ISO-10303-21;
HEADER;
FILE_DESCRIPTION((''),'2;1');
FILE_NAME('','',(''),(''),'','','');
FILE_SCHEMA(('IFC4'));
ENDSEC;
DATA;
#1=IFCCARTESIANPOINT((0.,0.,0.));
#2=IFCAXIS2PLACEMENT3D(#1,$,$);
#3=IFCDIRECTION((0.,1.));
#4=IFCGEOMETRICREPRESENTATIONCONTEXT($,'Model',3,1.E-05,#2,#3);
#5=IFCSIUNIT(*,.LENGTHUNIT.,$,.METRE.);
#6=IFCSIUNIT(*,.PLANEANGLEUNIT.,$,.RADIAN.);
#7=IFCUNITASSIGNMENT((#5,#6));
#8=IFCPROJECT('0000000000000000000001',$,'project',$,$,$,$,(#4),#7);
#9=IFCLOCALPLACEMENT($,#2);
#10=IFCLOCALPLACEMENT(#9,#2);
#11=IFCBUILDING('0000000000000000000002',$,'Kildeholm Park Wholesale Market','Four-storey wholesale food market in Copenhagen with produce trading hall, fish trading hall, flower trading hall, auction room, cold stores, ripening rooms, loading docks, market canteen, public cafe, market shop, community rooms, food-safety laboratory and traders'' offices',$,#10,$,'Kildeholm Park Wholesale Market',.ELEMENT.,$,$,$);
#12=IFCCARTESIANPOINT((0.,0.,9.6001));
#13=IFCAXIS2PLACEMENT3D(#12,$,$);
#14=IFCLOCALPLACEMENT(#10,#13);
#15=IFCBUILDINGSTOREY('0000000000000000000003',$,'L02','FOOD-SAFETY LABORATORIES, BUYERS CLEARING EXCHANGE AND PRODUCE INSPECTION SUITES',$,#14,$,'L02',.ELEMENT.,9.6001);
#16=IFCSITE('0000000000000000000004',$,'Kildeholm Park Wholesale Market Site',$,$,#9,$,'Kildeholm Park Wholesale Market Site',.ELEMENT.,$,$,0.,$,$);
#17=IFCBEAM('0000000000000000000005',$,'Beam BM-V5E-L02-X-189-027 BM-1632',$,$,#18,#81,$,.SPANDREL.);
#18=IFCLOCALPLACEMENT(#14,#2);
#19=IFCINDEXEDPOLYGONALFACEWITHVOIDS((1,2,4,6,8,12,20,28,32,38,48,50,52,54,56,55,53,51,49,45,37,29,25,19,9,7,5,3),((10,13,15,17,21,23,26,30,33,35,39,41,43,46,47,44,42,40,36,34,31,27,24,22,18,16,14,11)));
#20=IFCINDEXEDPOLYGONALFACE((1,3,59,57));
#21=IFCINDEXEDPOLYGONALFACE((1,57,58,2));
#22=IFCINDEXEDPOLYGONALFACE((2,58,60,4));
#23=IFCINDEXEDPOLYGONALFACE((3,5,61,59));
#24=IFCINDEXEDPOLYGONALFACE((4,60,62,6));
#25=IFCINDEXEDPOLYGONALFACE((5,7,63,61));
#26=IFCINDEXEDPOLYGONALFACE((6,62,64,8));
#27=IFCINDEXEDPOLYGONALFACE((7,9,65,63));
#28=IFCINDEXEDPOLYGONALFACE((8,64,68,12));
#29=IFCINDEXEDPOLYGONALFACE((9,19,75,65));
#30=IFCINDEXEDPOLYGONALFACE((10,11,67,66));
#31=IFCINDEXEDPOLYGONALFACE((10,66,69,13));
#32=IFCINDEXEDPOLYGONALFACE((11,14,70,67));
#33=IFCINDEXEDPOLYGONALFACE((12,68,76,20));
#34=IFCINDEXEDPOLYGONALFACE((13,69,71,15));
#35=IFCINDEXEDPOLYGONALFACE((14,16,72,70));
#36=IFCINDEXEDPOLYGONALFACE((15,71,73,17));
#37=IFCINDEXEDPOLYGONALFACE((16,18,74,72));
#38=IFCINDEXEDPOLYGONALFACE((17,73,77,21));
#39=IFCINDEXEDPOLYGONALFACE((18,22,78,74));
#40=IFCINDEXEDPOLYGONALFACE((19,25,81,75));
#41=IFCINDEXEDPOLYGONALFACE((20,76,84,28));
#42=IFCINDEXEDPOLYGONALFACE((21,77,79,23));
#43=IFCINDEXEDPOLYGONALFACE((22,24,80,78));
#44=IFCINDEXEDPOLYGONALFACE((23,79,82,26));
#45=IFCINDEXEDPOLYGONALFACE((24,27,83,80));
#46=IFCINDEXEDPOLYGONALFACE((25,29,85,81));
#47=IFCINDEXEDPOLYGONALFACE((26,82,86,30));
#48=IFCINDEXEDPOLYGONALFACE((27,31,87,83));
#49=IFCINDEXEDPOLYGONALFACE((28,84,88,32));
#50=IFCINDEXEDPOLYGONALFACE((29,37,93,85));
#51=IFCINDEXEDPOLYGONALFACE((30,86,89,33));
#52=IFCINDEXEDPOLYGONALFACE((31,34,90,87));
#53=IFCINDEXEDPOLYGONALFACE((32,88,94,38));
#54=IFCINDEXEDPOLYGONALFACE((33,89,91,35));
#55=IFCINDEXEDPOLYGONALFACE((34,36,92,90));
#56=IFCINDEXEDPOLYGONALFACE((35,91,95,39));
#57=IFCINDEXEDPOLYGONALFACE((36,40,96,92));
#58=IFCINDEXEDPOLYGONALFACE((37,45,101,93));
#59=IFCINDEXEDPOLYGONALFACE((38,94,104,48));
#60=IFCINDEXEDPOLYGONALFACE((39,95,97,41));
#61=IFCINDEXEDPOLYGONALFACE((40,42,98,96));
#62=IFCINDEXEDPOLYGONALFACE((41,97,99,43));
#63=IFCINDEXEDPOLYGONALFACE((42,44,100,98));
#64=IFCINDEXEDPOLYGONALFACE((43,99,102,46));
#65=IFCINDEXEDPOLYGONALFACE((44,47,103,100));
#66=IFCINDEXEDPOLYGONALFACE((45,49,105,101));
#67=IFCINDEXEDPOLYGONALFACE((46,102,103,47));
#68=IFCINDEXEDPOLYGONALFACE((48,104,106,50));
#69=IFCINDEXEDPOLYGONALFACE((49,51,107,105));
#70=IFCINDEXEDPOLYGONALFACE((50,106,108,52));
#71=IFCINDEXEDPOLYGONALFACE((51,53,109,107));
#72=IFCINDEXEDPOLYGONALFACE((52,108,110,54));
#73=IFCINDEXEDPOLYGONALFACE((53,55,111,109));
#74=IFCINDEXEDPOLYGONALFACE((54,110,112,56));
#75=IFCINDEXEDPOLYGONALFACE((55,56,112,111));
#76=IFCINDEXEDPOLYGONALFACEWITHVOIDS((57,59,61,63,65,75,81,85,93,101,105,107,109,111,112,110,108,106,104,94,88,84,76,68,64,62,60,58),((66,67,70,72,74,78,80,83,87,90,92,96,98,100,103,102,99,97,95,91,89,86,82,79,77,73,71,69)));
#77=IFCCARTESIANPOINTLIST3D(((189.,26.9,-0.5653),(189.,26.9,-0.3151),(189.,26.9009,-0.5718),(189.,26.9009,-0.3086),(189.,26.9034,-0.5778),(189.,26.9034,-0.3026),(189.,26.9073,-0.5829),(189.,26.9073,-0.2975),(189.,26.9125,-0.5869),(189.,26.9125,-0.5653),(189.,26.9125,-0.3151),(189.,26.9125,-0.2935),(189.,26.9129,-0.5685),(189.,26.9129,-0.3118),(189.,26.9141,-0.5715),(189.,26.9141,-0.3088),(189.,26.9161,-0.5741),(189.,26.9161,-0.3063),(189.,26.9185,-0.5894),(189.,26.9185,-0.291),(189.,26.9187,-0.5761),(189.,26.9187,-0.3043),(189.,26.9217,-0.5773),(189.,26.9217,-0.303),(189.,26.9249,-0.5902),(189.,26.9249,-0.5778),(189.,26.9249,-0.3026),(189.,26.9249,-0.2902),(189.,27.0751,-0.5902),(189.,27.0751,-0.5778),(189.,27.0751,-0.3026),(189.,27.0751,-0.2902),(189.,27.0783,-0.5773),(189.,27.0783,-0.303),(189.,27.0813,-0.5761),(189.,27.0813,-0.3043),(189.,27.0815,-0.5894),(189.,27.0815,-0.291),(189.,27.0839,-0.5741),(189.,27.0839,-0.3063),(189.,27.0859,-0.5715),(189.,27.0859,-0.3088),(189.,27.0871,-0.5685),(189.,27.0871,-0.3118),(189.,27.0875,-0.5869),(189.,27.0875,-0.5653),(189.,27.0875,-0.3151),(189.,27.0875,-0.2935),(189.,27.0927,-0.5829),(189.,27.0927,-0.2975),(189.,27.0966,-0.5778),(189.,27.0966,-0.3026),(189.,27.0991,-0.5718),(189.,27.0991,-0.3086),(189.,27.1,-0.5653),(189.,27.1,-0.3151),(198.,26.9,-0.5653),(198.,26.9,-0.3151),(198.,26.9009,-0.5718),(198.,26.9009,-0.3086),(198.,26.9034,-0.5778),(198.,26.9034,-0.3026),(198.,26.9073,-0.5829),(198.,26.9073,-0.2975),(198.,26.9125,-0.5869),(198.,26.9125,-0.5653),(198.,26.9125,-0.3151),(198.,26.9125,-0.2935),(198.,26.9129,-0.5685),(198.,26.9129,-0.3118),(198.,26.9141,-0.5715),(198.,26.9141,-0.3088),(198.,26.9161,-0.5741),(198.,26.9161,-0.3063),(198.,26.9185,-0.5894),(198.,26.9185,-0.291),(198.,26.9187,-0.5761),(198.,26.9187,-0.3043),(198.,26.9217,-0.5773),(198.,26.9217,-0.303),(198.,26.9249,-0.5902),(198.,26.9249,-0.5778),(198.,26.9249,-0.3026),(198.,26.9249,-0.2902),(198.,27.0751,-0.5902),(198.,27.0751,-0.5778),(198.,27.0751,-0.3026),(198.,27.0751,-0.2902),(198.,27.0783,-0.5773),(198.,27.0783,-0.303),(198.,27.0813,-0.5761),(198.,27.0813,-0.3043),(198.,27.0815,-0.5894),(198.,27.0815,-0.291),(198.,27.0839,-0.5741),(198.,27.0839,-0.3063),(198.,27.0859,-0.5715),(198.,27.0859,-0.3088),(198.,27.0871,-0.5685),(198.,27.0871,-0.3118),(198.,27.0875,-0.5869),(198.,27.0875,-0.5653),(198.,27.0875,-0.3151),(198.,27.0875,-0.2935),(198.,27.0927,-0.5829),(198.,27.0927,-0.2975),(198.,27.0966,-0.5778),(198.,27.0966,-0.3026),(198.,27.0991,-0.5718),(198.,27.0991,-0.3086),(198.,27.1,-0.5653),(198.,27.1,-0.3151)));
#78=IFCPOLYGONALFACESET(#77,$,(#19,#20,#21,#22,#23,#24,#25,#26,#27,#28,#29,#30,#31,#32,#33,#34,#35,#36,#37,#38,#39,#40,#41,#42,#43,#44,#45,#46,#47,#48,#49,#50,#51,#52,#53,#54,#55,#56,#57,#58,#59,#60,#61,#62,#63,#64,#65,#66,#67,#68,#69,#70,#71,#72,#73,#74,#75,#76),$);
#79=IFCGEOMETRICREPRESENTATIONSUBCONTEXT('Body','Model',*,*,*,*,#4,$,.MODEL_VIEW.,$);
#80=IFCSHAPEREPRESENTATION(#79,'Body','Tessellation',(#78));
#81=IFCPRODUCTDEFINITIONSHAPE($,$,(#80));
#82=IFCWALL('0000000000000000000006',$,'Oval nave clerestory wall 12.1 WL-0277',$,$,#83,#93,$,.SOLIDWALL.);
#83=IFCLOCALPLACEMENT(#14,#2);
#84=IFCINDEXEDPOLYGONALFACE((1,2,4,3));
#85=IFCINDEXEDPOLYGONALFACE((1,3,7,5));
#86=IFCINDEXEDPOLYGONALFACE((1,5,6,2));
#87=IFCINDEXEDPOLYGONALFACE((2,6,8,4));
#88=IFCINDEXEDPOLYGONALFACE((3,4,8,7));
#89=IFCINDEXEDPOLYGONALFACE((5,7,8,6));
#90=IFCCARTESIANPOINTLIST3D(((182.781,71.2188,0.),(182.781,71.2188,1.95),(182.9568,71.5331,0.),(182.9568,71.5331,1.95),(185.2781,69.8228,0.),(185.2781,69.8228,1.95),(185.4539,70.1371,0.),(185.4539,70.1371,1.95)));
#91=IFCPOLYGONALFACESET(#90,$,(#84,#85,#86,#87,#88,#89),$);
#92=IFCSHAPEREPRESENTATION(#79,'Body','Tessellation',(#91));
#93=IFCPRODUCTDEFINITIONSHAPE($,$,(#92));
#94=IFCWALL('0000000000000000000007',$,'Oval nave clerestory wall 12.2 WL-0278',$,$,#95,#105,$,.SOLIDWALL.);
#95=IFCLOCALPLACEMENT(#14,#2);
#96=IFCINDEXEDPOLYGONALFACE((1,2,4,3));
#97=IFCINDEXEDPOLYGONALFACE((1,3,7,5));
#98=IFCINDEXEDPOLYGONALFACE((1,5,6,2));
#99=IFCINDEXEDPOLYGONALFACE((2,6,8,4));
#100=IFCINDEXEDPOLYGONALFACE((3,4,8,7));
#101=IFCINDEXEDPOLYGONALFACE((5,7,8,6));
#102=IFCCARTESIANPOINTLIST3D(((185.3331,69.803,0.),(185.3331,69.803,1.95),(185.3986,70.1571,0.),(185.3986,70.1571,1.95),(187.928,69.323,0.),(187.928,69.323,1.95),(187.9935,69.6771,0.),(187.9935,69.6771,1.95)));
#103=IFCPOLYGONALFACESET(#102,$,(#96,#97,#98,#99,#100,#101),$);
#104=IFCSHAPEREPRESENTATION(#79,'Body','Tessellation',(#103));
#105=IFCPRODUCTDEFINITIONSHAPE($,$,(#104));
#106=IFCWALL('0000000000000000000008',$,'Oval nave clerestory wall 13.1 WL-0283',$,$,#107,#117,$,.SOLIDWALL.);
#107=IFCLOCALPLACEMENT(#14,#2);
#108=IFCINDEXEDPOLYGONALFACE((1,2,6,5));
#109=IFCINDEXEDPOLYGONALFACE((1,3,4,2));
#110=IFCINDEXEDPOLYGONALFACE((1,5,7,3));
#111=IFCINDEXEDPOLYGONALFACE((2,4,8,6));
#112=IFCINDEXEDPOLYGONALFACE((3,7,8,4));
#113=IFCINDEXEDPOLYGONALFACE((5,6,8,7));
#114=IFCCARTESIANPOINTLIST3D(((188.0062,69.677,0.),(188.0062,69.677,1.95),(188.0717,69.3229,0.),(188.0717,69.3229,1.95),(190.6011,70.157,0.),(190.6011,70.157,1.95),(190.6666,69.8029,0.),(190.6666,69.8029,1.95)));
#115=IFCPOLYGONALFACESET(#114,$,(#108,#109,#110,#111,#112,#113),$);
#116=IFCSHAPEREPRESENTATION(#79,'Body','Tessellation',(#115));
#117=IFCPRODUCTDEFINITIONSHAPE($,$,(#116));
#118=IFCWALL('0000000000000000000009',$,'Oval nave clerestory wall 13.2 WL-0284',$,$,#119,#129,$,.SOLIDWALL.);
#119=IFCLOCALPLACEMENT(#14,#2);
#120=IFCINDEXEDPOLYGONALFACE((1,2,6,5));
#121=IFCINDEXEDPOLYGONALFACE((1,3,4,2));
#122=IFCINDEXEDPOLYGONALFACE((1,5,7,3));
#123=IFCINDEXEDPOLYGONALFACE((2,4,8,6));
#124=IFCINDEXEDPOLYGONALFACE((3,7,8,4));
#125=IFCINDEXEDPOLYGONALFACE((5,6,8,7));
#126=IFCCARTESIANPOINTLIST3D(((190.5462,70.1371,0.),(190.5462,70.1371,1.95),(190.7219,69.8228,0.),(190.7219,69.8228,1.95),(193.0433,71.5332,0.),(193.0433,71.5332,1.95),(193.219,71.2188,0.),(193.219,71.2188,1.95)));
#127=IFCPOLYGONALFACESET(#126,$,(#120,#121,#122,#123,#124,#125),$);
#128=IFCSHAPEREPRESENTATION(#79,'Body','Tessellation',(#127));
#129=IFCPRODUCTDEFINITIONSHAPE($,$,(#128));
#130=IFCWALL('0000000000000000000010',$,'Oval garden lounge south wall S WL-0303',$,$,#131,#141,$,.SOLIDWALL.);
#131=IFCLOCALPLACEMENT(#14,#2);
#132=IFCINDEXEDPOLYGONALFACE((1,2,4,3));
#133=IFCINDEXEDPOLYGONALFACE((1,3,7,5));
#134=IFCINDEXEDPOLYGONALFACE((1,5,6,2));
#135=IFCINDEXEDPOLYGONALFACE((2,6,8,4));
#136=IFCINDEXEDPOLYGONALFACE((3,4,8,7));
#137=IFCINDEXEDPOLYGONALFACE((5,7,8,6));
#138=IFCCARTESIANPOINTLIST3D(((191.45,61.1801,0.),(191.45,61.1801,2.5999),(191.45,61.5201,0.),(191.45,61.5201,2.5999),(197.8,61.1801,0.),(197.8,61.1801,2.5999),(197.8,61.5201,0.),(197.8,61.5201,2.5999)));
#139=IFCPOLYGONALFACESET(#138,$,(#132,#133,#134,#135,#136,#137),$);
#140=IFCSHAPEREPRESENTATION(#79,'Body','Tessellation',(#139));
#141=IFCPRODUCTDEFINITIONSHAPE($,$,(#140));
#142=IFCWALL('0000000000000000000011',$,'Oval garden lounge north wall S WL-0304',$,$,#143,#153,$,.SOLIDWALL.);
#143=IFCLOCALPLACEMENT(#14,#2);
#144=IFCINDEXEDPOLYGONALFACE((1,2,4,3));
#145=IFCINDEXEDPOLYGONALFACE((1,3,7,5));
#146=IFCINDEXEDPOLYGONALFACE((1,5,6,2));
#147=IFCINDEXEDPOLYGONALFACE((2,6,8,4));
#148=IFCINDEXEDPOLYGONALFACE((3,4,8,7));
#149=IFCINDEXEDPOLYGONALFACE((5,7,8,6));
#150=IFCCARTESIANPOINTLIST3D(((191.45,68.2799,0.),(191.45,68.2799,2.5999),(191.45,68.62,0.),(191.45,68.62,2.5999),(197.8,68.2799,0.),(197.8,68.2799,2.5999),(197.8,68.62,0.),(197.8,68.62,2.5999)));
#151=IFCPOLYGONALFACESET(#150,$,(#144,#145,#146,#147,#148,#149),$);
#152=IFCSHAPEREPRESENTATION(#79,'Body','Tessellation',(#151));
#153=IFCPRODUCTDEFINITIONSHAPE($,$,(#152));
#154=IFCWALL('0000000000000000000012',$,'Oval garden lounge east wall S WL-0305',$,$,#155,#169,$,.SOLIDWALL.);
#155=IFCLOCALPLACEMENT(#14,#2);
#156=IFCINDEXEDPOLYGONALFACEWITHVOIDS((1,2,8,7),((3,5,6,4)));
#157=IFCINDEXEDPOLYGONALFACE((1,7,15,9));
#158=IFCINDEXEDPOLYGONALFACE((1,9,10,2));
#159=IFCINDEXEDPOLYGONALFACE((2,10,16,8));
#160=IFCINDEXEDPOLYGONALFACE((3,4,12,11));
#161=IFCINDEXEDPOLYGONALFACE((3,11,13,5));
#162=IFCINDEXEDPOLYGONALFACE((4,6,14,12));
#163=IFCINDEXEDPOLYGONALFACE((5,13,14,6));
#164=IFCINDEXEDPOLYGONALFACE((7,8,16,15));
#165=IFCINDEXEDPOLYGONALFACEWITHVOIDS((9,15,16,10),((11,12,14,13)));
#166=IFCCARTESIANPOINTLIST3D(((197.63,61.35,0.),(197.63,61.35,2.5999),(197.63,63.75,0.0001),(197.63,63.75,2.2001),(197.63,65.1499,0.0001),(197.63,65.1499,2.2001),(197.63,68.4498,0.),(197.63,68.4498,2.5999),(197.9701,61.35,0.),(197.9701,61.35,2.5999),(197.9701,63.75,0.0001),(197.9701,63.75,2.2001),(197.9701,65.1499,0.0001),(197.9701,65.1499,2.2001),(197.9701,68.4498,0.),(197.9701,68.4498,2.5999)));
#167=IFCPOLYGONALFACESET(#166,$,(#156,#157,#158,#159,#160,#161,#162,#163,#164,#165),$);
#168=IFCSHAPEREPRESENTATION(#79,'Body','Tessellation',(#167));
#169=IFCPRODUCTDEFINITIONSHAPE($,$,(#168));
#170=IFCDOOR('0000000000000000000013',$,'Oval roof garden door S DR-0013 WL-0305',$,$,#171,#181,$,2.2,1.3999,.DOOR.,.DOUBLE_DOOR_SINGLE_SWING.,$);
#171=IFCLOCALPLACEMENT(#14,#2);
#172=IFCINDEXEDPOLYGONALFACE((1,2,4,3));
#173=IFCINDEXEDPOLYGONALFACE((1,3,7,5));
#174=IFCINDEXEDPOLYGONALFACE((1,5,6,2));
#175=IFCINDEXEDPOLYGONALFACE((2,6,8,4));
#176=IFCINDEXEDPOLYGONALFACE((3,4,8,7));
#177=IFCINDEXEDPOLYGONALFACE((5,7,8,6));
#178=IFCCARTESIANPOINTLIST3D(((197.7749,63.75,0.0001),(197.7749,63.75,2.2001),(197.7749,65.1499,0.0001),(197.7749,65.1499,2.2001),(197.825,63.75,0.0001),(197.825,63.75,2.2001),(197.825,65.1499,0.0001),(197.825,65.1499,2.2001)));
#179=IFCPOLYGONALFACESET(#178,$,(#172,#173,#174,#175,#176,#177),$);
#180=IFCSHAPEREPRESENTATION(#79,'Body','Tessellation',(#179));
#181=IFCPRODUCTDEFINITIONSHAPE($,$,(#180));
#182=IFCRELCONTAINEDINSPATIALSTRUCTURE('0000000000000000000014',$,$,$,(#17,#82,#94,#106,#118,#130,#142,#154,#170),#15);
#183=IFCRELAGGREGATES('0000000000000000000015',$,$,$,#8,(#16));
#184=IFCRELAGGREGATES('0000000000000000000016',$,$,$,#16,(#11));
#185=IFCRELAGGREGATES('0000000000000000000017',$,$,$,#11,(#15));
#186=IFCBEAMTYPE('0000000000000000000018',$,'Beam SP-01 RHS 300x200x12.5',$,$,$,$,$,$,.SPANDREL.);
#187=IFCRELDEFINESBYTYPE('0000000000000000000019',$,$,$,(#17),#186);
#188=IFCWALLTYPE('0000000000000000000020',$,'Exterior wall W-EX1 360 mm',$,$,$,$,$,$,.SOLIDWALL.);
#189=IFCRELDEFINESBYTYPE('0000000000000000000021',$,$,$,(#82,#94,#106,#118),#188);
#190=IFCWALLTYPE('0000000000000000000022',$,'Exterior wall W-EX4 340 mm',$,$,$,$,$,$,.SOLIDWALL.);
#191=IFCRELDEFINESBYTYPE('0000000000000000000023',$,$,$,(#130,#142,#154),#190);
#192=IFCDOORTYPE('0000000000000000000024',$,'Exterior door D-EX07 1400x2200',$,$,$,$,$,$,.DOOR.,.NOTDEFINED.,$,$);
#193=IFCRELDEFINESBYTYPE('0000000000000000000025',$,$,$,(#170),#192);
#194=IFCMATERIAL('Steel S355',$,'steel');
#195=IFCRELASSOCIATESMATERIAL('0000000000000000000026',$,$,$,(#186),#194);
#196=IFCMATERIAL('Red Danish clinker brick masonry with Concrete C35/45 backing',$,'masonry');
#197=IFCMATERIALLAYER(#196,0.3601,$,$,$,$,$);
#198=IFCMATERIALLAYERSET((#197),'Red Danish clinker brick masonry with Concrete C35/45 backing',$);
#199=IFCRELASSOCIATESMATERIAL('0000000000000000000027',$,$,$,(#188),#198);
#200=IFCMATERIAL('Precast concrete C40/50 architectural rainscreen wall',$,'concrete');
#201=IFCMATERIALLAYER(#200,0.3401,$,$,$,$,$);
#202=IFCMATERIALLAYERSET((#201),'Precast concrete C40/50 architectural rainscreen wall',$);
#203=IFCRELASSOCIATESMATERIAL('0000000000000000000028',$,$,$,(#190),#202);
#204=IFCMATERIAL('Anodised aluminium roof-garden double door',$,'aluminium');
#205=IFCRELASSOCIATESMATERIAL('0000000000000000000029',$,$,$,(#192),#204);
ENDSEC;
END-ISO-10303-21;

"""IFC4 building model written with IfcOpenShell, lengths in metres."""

from ifc_helpers import new_model, si_unit, direction, frame, frame_2d, origin, origin_2d, place, context, subcontext, project, spatial, rectangle, hollow_rectangle, extrude, material, layer, layer_set, material_profile, profile_set, type_object, element, fill, save


model = new_model("IFC4")

# Units and contexts
model_context = context("Model", 3, precision=1e-05, world=origin(), true_north=direction((0.0, 1.0)))
body_context = subcontext(model_context, "Body", "Model", "MODEL_VIEW")
ifc_project = project(units=[si_unit("LENGTHUNIT", "METRE"), si_unit("PLANEANGLEUNIT", "RADIAN")], contexts=[model_context])

# Site, building, storey
site_placement = place(None, origin())
site = spatial("IfcSite", under=ifc_project, at=site_placement, Name="Kildeholm Park Wholesale Market Site", LongName="Kildeholm Park Wholesale Market Site", CompositionType="ELEMENT", RefElevation=0.0)
building_placement = place(site_placement, origin())
building = spatial("IfcBuilding", under=site, at=building_placement, Name="Kildeholm Park Wholesale Market", Description="Four-storey wholesale food market in Copenhagen with produce trading hall, fish trading hall, flower trading hall, auction room, cold stores, ripening rooms, loading docks, market canteen, public cafe, market shop, community rooms, food-safety laboratory and traders' offices", LongName="Kildeholm Park Wholesale Market", CompositionType="ELEMENT")
storey_placement = place(building_placement, frame((0.0, 0.0, 9.6001)))
storey = spatial("IfcBuildingStorey", under=building, at=storey_placement, Name="L02", Description="FOOD-SAFETY LABORATORIES, BUYERS CLEARING EXCHANGE AND PRODUCE INSPECTION SUITES", LongName="L02", CompositionType="ELEMENT", Elevation=9.6001)

# Shared definitions
ifc_material_1 = material(Name="Steel S355", Category="steel")

# Beam
ifc_material_profile_1 = material_profile(ifc_material_1, hollow_rectangle(XDim=0.2, YDim=0.3, WallThickness=0.0125, InnerFilletRadius=0.0125, OuterFilletRadius=0.0249, at=origin_2d()), Name="RHS 300x200x12.5")
ifc_profile_set_1 = profile_set([ifc_material_profile_1], Name="Steel S355")
beam_type_1 = type_object("IfcBeamType", Name="Beam SP-01 RHS 300x200x12.5", PredefinedType="SPANDREL", material=ifc_profile_set_1)
for number, where, z_axis, x_axis, name in (
    (1, (189.0, 27.0, -0.4402), (1.0, 0.0, 0.0), (0.0, 1.0, 0.0), "Beam BM-V5E-L02-X-189-027 BM-1632"),
):
    element("IfcBeam", number, at=place(storey_placement, frame(where, z_axis=z_axis, x_axis=x_axis)), inside=storey, type_object=beam_type_1, Name=name, PredefinedType="SPANDREL", context=body_context, shape_type="SweptSolid", body=[
        extrude(hollow_rectangle(XDim=0.2, YDim=0.3, WallThickness=0.0125, InnerFilletRadius=0.0125, OuterFilletRadius=0.0249, at=origin_2d()), origin(), (0.0, 0.0, 1.0), 9.0),
    ])

# Walls
ifc_material_2 = material(Name="Red Danish clinker brick masonry with Concrete C35/45 backing", Category="masonry")
ifc_layer_1 = layer(ifc_material_2, 0.3601)
ifc_layer_set_1 = layer_set([ifc_layer_1], Name="Red Danish clinker brick masonry with Concrete C35/45 backing")
wall_type_1 = type_object("IfcWallType", Name="Exterior wall W-EX1 360 mm", PredefinedType="SOLIDWALL", material=ifc_layer_set_1)
wall_1_placement = place(storey_placement, frame((182.8689, 71.376, 0.0), z_axis=(0.0, 0.0, 1.0), x_axis=(0.872858, -0.487974, 0.0)))
element("IfcWall", 2, at=wall_1_placement, inside=storey, type_object=wall_type_1, Name="Oval nave clerestory wall 12.1 WL-0277", PredefinedType="SOLIDWALL", context=body_context, shape_type="SweptSolid", body=[
    extrude(rectangle(XDim=2.8608, YDim=0.3601, at=frame_2d((1.4304, 0.0))), origin(), (0.0, 0.0, 1.0), 1.95),
])
for number, where, z_axis, x_axis, name in (
    (3, (185.366, 69.98, 0.0), (0.0, 0.0, 1.0), (0.983321, -0.181881, 0.0), "Oval nave clerestory wall 12.2 WL-0278"),
    (4, (188.0391, 69.5, 0.0), (0.0, 0.0, 1.0), (0.983321, 0.181881, 0.0), "Oval nave clerestory wall 13.1 WL-0283"),
):
    element("IfcWall", number, at=place(storey_placement, frame(where, z_axis=z_axis, x_axis=x_axis)), inside=storey, type_object=wall_type_1, Name=name, PredefinedType="SOLIDWALL", context=body_context, shape_type="SweptSolid", body=[
        extrude(rectangle(XDim=2.6389, YDim=0.3601, at=frame_2d((1.3193, 0.0))), origin(), (0.0, 0.0, 1.0), 1.95),
    ])
wall_2_placement = place(storey_placement, frame((190.634, 69.98, 0.0), z_axis=(0.0, 0.0, 1.0), x_axis=(0.872858, 0.487974, 0.0)))
element("IfcWall", 5, at=wall_2_placement, inside=storey, type_object=wall_type_1, Name="Oval nave clerestory wall 13.2 WL-0284", PredefinedType="SOLIDWALL", context=body_context, shape_type="SweptSolid", body=[
    extrude(rectangle(XDim=2.8608, YDim=0.3601, at=frame_2d((1.4304, 0.0))), origin(), (0.0, 0.0, 1.0), 1.95),
])
ifc_material_3 = material(Name="Precast concrete C40/50 architectural rainscreen wall", Category="concrete")
ifc_layer_2 = layer(ifc_material_3, 0.3401)
ifc_layer_set_2 = layer_set([ifc_layer_2], Name="Precast concrete C40/50 architectural rainscreen wall")
wall_type_2 = type_object("IfcWallType", Name="Exterior wall W-EX4 340 mm", PredefinedType="SOLIDWALL", material=ifc_layer_set_2)
for number, where, z_axis, x_axis, name in (
    (6, (191.45, 61.3501, 0.0), (0.0, 0.0, 1.0), (1.0, 0.0, 0.0), "Oval garden lounge south wall S WL-0303"),
    (7, (191.45, 68.45, 0.0), (0.0, 0.0, 1.0), (1.0, 0.0, 0.0), "Oval garden lounge north wall S WL-0304"),
):
    element("IfcWall", number, at=place(storey_placement, frame(where, z_axis=z_axis, x_axis=x_axis)), inside=storey, type_object=wall_type_2, Name=name, PredefinedType="SOLIDWALL", context=body_context, shape_type="SweptSolid", body=[
        extrude(rectangle(XDim=6.3501, YDim=0.3401, at=frame_2d((3.175, 0.0))), origin(), (0.0, 0.0, 1.0), 2.5999),
    ])

# Wall, opening, door
wall_3_placement = place(storey_placement, frame((197.8, 61.3501, 0.0), z_axis=(0.0, 0.0, 1.0), x_axis=(0.0, 1.0, 0.0)))
wall_3 = element("IfcWall", 8, at=wall_3_placement, inside=storey, type_object=wall_type_2, Name="Oval garden lounge east wall S WL-0305", PredefinedType="SOLIDWALL", context=body_context, shape_type="SweptSolid", body=[
    extrude(rectangle(XDim=7.0999, YDim=0.3401, at=frame_2d((3.5498, 0.0))), origin(), (0.0, 0.0, 1.0), 2.5999),
])
opening_1_placement = place(wall_3_placement, frame((2.3999, 0.0, 0.0)))
opening_1 = element("IfcOpeningElement", 9, at=opening_1_placement, cuts=wall_3, PredefinedType="OPENING", context=body_context, shape_type="SweptSolid", body=[
    extrude(rectangle(XDim=1.3999, YDim=2.2, at=frame_2d((0.7, 1.1001))), frame((0.0, 0.1799, 0.0), z_axis=(0.0, -1.0, 0.0), x_axis=(1.0, 0.0, 0.0)), (0.0, 0.0, 1.0), 0.3601),
])
ifc_material_4 = material(Name="Anodised aluminium roof-garden double door", Category="aluminium")
door_type_1 = type_object("IfcDoorType", Name="Exterior door D-EX07 1400x2200", OperationType="NOTDEFINED", PredefinedType="DOOR", material=ifc_material_4)
door_1_placement = place(opening_1_placement, frame((1.3999, 0.0, 0.0), z_axis=(0.0, 0.0, 1.0), x_axis=(-1.0, 0.0, 0.0)))
door_1 = element("IfcDoor", 10, at=door_1_placement, inside=storey, type_object=door_type_1, Name="Oval roof garden door S DR-0013 WL-0305", OperationType="DOUBLE_DOOR_SINGLE_SWING", OverallHeight=2.2, OverallWidth=1.3999, PredefinedType="DOOR", context=body_context, shape_type="SweptSolid", body=[
    extrude(rectangle(XDim=1.3999, YDim=2.2, at=frame_2d((0.7, 1.1001))), frame((0.0, 0.0249, 0.0), z_axis=(0.0, -1.0, 0.0), x_axis=(1.0, 0.0, 0.0)), (0.0, 0.0, 1.0), 0.05),
])
fill(opening_1, door_1)

save(model, "model.ifc")
